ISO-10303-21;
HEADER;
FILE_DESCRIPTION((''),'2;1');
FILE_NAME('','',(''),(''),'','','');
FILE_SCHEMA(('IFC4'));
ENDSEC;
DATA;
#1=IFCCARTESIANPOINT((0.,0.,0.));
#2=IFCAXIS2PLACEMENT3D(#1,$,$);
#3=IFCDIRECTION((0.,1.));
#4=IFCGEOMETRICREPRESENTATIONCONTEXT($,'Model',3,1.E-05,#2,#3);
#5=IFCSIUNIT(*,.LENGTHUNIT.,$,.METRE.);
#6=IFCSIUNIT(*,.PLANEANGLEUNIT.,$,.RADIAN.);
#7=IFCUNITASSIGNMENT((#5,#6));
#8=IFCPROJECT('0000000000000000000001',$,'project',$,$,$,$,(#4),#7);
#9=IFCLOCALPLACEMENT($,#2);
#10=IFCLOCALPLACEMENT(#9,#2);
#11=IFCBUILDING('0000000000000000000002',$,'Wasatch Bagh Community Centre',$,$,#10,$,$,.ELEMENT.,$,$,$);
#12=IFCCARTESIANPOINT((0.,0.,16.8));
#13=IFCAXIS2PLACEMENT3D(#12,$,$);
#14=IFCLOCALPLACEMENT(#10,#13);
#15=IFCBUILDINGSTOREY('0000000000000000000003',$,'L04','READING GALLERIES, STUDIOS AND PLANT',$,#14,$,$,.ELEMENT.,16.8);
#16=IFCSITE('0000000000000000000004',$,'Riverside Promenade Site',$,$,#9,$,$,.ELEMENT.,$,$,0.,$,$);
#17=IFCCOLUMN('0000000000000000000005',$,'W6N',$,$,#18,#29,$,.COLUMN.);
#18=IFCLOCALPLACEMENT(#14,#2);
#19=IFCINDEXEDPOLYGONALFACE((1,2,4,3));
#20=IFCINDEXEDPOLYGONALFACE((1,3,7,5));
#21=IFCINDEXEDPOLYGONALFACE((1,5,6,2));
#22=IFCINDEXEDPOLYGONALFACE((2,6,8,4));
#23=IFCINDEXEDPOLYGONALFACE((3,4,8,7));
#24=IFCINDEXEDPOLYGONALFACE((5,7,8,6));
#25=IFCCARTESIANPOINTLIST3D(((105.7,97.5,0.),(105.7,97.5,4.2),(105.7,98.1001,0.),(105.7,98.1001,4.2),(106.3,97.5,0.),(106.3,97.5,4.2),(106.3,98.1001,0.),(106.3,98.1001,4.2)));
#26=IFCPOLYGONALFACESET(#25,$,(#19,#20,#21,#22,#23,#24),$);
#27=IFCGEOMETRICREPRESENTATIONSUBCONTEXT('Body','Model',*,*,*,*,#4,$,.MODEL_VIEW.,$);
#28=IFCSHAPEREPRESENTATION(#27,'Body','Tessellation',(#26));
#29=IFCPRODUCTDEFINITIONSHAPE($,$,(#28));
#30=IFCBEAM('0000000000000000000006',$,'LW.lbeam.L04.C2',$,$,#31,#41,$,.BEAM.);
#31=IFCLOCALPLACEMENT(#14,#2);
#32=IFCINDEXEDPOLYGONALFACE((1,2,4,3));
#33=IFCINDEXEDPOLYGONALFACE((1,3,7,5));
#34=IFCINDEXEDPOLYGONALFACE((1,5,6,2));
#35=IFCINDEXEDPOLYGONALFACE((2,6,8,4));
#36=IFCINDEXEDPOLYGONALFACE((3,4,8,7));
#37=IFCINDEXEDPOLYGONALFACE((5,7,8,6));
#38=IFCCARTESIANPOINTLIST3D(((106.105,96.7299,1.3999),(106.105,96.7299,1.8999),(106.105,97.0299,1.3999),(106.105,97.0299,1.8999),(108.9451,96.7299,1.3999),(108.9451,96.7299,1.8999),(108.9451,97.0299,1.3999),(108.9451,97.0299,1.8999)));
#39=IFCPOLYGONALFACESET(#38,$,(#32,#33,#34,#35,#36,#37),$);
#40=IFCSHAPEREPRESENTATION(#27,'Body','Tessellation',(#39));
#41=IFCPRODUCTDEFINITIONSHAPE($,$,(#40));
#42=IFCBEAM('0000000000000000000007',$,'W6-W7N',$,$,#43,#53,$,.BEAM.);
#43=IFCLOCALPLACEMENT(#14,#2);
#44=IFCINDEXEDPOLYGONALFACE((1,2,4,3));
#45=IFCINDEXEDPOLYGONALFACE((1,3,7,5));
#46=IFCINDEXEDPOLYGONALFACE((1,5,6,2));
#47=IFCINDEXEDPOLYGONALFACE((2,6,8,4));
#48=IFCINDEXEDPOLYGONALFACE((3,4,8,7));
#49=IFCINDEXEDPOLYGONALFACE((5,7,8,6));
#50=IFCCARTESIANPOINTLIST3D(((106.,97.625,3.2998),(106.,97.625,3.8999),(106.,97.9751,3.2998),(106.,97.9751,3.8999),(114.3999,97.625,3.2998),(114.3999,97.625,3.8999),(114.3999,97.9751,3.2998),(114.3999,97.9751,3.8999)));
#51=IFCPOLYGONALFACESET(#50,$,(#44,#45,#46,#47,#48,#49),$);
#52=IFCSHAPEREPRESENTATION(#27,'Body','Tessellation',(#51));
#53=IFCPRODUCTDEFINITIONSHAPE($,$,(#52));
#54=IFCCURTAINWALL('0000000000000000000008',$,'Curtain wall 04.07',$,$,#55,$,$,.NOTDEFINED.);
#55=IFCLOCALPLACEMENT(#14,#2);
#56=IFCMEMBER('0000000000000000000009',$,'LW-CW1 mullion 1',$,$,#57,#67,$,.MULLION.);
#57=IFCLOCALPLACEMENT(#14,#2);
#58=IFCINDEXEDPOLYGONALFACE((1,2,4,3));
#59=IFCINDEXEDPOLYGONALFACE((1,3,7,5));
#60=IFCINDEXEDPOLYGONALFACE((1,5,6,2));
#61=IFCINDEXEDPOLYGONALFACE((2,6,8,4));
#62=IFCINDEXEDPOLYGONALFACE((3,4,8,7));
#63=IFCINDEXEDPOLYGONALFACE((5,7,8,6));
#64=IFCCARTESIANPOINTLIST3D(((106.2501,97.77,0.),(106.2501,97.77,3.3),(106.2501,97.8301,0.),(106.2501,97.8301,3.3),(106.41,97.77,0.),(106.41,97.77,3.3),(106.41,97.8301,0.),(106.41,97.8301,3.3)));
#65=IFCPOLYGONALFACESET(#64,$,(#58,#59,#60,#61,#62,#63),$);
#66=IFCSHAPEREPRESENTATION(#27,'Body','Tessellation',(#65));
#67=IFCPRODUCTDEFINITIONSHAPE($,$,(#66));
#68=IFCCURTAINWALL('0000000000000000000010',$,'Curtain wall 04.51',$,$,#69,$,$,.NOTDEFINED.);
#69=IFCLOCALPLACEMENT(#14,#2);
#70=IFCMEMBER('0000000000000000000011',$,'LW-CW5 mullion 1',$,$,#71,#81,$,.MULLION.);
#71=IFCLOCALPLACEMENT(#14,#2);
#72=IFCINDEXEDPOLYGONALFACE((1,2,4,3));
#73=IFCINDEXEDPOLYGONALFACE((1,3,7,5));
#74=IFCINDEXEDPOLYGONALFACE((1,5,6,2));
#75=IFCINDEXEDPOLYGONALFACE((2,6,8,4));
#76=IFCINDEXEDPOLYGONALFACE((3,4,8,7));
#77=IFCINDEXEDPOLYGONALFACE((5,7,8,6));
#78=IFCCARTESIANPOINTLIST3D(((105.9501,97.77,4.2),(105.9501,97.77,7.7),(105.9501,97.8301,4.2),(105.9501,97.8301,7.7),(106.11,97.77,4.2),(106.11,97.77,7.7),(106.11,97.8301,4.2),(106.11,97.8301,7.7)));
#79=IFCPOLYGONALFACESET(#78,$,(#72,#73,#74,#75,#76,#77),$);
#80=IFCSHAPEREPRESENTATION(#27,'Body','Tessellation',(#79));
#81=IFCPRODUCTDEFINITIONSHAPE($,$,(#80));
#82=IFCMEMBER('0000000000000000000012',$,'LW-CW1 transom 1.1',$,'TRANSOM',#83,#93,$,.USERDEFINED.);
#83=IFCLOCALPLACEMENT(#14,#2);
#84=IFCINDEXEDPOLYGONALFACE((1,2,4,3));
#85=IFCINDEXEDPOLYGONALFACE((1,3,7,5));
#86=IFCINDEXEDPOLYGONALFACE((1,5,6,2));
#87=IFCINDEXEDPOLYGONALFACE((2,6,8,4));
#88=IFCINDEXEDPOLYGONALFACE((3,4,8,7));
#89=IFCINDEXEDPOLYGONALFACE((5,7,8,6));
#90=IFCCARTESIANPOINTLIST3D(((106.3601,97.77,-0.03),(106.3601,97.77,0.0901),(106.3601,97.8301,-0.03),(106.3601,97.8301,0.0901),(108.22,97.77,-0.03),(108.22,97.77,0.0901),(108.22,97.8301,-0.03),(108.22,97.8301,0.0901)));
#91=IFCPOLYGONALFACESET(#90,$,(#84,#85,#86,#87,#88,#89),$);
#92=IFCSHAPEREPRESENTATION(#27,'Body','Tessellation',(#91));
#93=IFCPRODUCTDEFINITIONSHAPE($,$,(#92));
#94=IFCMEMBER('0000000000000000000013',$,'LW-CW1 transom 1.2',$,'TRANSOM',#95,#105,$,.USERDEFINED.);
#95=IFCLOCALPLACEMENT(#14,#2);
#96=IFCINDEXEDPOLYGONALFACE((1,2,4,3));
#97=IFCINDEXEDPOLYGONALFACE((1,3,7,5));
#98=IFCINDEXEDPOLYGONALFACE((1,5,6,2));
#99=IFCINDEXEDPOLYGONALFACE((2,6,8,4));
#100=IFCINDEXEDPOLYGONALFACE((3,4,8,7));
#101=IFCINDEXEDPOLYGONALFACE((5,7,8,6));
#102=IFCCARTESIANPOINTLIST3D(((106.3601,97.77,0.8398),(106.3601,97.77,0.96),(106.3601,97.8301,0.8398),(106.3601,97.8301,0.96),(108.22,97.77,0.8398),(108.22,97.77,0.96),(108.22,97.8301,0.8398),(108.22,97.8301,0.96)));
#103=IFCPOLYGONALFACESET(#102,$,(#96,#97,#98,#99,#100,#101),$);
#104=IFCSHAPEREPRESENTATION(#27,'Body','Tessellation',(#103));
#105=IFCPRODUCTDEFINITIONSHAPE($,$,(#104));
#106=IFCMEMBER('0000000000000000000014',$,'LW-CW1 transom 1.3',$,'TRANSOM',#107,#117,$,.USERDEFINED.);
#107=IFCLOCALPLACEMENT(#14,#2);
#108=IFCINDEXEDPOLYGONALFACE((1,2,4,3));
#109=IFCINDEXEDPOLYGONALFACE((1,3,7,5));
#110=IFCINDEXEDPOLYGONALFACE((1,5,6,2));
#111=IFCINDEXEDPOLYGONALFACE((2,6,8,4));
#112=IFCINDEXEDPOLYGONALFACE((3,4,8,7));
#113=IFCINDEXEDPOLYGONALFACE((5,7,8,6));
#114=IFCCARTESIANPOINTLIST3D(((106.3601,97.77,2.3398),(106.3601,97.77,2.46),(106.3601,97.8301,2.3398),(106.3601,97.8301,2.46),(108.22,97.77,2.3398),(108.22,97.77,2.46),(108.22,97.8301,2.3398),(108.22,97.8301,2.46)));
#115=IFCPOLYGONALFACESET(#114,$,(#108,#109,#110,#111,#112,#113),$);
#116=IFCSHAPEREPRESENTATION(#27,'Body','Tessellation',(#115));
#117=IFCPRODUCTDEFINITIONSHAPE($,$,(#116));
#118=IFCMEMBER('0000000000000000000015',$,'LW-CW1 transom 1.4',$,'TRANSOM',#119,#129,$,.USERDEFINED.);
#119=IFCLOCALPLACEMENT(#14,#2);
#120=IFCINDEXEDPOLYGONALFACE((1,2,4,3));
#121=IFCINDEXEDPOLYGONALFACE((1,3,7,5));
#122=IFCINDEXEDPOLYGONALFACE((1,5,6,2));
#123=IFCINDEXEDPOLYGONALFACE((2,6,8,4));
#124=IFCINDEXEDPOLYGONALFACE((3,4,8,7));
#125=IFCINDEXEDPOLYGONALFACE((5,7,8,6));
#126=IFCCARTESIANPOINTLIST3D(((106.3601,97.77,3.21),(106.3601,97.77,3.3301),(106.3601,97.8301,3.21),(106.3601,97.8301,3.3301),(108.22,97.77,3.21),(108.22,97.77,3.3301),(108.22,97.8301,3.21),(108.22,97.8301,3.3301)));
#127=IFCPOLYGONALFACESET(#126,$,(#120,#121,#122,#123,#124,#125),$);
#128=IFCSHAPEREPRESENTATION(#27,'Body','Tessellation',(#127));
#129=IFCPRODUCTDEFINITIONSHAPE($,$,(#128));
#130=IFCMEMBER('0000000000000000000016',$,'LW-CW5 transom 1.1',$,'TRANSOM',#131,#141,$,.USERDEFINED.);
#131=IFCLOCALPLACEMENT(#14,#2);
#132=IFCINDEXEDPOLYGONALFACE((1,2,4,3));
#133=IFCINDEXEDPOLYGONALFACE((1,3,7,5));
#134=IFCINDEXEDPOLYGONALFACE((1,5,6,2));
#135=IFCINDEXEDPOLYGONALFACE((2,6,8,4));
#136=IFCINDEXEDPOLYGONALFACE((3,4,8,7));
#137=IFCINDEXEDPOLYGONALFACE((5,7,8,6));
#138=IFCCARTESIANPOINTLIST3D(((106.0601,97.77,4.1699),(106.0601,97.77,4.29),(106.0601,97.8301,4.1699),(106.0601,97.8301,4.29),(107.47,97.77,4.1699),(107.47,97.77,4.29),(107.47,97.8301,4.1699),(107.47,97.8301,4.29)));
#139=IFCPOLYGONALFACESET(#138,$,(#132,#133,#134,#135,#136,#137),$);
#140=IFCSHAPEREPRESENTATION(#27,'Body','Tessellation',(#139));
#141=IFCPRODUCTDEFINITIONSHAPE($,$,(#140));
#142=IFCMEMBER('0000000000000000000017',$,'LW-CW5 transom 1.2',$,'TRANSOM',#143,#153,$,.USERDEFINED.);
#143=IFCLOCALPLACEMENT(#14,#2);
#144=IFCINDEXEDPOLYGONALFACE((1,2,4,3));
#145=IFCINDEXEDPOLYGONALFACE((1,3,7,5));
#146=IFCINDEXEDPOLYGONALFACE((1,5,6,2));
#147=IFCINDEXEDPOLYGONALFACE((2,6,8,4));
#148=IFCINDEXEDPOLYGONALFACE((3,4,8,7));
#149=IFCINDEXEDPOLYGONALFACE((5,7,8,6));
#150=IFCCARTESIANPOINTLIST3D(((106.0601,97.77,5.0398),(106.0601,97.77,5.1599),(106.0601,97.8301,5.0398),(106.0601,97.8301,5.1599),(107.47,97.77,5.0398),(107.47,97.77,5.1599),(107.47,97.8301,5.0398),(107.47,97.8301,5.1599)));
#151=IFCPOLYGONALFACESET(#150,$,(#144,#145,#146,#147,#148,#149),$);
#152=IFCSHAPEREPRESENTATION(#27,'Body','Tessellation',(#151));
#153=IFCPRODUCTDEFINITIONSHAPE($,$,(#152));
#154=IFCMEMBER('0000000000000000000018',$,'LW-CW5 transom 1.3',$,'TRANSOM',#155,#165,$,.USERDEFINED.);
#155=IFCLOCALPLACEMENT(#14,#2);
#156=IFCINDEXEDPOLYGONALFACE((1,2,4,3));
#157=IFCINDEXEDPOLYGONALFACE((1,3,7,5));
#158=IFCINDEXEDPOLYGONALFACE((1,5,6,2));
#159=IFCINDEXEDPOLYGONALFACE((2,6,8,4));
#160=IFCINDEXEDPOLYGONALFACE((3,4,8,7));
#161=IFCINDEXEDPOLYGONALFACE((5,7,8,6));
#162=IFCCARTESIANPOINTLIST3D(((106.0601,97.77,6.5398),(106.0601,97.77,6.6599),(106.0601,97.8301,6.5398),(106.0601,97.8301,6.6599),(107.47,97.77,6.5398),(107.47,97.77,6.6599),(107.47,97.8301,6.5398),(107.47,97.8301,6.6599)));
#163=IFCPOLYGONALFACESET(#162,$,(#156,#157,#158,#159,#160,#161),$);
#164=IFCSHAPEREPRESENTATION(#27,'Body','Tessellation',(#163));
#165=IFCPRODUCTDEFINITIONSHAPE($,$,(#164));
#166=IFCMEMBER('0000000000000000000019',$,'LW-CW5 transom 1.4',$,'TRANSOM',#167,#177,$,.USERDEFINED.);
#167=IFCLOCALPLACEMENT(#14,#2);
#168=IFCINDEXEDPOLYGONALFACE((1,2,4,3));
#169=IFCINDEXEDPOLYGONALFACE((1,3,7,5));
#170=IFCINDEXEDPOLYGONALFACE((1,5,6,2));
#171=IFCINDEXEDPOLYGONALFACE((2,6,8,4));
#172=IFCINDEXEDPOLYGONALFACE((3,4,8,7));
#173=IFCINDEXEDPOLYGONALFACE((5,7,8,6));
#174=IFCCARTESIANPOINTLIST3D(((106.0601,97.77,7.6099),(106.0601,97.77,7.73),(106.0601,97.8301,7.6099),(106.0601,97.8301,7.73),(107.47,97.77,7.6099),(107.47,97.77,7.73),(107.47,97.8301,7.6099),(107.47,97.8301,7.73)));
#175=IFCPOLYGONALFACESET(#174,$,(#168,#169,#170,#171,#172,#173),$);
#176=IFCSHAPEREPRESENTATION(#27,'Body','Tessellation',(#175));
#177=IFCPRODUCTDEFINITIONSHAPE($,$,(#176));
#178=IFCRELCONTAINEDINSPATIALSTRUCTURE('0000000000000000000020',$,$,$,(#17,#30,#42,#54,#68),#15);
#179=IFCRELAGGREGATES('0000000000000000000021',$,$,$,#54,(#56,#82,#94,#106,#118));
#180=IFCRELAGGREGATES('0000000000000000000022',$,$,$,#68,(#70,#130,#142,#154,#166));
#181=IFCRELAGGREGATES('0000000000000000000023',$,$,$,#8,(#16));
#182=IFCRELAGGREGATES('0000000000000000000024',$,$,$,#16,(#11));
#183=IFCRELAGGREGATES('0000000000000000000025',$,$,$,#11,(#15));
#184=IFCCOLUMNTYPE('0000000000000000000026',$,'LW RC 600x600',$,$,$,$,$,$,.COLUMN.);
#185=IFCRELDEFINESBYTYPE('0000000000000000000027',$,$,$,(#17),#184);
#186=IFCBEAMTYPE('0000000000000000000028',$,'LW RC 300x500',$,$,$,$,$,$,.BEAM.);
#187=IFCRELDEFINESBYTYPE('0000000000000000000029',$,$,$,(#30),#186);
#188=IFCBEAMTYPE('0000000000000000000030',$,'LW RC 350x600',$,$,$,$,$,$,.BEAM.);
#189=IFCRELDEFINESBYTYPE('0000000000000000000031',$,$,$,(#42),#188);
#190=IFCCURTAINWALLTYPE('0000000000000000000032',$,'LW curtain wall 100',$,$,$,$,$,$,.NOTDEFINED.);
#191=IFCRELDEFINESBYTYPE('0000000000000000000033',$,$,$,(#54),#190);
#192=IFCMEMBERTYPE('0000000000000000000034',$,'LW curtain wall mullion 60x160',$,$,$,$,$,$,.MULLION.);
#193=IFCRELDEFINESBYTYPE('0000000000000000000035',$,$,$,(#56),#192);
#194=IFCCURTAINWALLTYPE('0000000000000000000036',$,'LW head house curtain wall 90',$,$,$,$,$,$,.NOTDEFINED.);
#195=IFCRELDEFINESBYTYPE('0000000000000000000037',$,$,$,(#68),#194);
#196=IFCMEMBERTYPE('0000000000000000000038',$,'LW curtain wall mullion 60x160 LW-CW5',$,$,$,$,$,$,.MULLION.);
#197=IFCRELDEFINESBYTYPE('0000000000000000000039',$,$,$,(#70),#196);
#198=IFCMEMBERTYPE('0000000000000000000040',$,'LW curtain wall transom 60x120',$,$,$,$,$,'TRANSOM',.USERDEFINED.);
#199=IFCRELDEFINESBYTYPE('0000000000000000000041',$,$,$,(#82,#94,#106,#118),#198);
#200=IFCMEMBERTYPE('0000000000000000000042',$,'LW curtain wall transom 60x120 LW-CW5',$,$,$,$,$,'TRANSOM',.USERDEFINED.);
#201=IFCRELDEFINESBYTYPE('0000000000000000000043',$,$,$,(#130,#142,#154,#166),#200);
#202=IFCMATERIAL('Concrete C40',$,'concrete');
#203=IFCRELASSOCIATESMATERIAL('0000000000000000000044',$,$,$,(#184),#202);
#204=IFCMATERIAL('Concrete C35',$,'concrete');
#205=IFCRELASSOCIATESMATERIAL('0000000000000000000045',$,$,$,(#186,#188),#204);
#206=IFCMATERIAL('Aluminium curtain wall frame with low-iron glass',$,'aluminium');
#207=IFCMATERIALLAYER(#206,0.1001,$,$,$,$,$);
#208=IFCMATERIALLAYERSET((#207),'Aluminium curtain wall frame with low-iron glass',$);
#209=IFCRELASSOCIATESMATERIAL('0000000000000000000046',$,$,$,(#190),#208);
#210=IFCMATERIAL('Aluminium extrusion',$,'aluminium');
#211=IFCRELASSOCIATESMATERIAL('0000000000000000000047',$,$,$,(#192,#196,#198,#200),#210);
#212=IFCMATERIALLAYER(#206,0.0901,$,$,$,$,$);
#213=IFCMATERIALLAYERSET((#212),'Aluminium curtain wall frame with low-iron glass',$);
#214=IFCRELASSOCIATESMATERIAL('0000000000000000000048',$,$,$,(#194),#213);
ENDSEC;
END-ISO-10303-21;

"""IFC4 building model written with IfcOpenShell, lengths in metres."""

from ifc_helpers import new_model, si_unit, direction, frame, origin, origin_2d, place, context, subcontext, project, spatial, rectangle, extrude, material, layer, layer_set, material_profile, profile_set, type_object, element, aggregate, save


model = new_model("IFC4")

# Units and contexts
model_context = context("Model", 3, precision=1e-05, world=origin(), true_north=direction((0.0, 1.0)))
body_context = subcontext(model_context, "Body", "Model", "MODEL_VIEW")
ifc_project = project(units=[si_unit("LENGTHUNIT", "METRE"), si_unit("PLANEANGLEUNIT", "RADIAN")], contexts=[model_context])

# Site, building, storey
site_placement = place(None, origin())
site = spatial("IfcSite", under=ifc_project, at=site_placement, Name="Riverside Promenade Site", CompositionType="ELEMENT", RefElevation=0.0)
building_placement = place(site_placement, origin())
building = spatial("IfcBuilding", under=site, at=building_placement, Name="Wasatch Bagh Community Centre", CompositionType="ELEMENT")
storey_placement = place(building_placement, frame((0.0, 0.0, 16.8)))
storey = spatial("IfcBuildingStorey", under=building, at=storey_placement, Name="L04", Description="READING GALLERIES, STUDIOS AND PLANT", CompositionType="ELEMENT", Elevation=16.8)

# Column
ifc_material_1 = material(Name="Concrete C40", Category="concrete")
ifc_material_profile_1 = material_profile(ifc_material_1, rectangle(XDim=0.6001, YDim=0.6001, at=origin_2d()), Name="RC 600x600")
ifc_profile_set_1 = profile_set([ifc_material_profile_1], Name="Concrete C40")
column_type = type_object("IfcColumnType", Name="LW RC 600x600", PredefinedType="COLUMN", material=ifc_profile_set_1)
column_placement = place(storey_placement, frame((106.0, 97.8, 0.0), z_axis=(0.0, 0.0, 1.0), x_axis=(1.0, 0.0, 0.0)))
element("IfcColumn", 1, at=column_placement, inside=storey, type_object=column_type, Name="W6N", PredefinedType="COLUMN", context=body_context, shape_type="SweptSolid", body=[
    extrude(rectangle(XDim=0.6001, YDim=0.6001, at=origin_2d()), origin(), (0.0, 0.0, 1.0), 4.2),
])

# Beams
ifc_material_2 = material(Name="Concrete C35", Category="concrete")
ifc_material_profile_2 = material_profile(ifc_material_2, rectangle(XDim=0.3, YDim=0.5, at=origin_2d()), Name="RC 300x500")
ifc_profile_set_2 = profile_set([ifc_material_profile_2], Name="Concrete C35")
beam_type_1 = type_object("IfcBeamType", Name="LW RC 300x500", PredefinedType="BEAM", material=ifc_profile_set_2)
beam_1_placement = place(storey_placement, frame((106.105, 96.8799, 1.6499), z_axis=(1.0, 0.0, 0.0), x_axis=(0.0, 1.0, 0.0)))
element("IfcBeam", 2, at=beam_1_placement, inside=storey, type_object=beam_type_1, Name="LW.lbeam.L04.C2", PredefinedType="BEAM", context=body_context, shape_type="SweptSolid", body=[
    extrude(rectangle(XDim=0.3, YDim=0.5, at=origin_2d()), origin(), (0.0, 0.0, 1.0), 2.8401),
])
ifc_material_profile_3 = material_profile(ifc_material_2, rectangle(XDim=0.3501, YDim=0.6001, at=origin_2d()), Name="RC 350x600")
ifc_profile_set_3 = profile_set([ifc_material_profile_3], Name="Concrete C35")
beam_type_2 = type_object("IfcBeamType", Name="LW RC 350x600", PredefinedType="BEAM", material=ifc_profile_set_3)
beam_2_placement = place(storey_placement, frame((106.0, 97.8, 3.5999), z_axis=(1.0, 0.0, 0.0), x_axis=(0.0, 1.0, 0.0)))
element("IfcBeam", 3, at=beam_2_placement, inside=storey, type_object=beam_type_2, Name="W6-W7N", PredefinedType="BEAM", context=body_context, shape_type="SweptSolid", body=[
    extrude(rectangle(XDim=0.3501, YDim=0.6001, at=origin_2d()), origin(), (0.0, 0.0, 1.0), 8.3999),
])

# Curtain walls, members
ifc_material_3 = material(Name="Aluminium curtain wall frame with low-iron glass", Category="aluminium")
ifc_layer_1 = layer(ifc_material_3, 0.1001)
ifc_layer_set_1 = layer_set([ifc_layer_1], Name="Aluminium curtain wall frame with low-iron glass")
curtain_wall_type_1 = type_object("IfcCurtainWallType", Name="LW curtain wall 100", PredefinedType="NOTDEFINED", material=ifc_layer_set_1)
curtain_wall_1_placement = place(storey_placement, origin())
curtain_wall_1 = element("IfcCurtainWall", 4, at=curtain_wall_1_placement, inside=storey, type_object=curtain_wall_type_1, Name="Curtain wall 04.07", PredefinedType="NOTDEFINED")
ifc_material_4 = material(Name="Aluminium extrusion", Category="aluminium")
ifc_material_profile_4 = material_profile(ifc_material_4, rectangle(XDim=0.0601, YDim=0.1599, at=origin_2d()), Name="AL 60x160")
ifc_profile_set_4 = profile_set([ifc_material_profile_4], Name="Aluminium extrusion")
member_type_1 = type_object("IfcMemberType", Name="LW curtain wall mullion 60x160", PredefinedType="MULLION", material=ifc_profile_set_4)
member_1_placement = place(storey_placement, frame((106.3301, 97.8, 0.0), z_axis=(0.0, 0.0, 1.0), x_axis=(0.0, 1.0, 0.0)))
member_1 = element("IfcMember", 5, at=member_1_placement, type_object=member_type_1, Name="LW-CW1 mullion 1", PredefinedType="MULLION", context=body_context, shape_type="SweptSolid", body=[
    extrude(rectangle(XDim=0.0601, YDim=0.1599, at=origin_2d()), origin(), (0.0, 0.0, 1.0), 3.3),
])
ifc_layer_2 = layer(ifc_material_3, 0.0901)
ifc_layer_set_2 = layer_set([ifc_layer_2], Name="Aluminium curtain wall frame with low-iron glass")
curtain_wall_type_2 = type_object("IfcCurtainWallType", Name="LW head house curtain wall 90", PredefinedType="NOTDEFINED", material=ifc_layer_set_2)
curtain_wall_2_placement = place(storey_placement, origin())
curtain_wall_2 = element("IfcCurtainWall", 6, at=curtain_wall_2_placement, inside=storey, type_object=curtain_wall_type_2, Name="Curtain wall 04.51", PredefinedType="NOTDEFINED")
ifc_material_profile_5 = material_profile(ifc_material_4, rectangle(XDim=0.0601, YDim=0.1599, at=origin_2d()), Name="AL 60x160")
ifc_profile_set_5 = profile_set([ifc_material_profile_5], Name="Aluminium extrusion")
member_type_2 = type_object("IfcMemberType", Name="LW curtain wall mullion 60x160 LW-CW5", PredefinedType="MULLION", material=ifc_profile_set_5)
member_2_placement = place(storey_placement, frame((106.03, 97.8, 4.2), z_axis=(0.0, 0.0, 1.0), x_axis=(0.0, 1.0, 0.0)))
member_2 = element("IfcMember", 7, at=member_2_placement, type_object=member_type_2, Name="LW-CW5 mullion 1", PredefinedType="MULLION", context=body_context, shape_type="SweptSolid", body=[
    extrude(rectangle(XDim=0.0601, YDim=0.1599, at=origin_2d()), origin(), (0.0, 0.0, 1.0), 3.5),
])

# Members
ifc_material_profile_6 = material_profile(ifc_material_4, rectangle(XDim=0.0601, YDim=0.1201, at=origin_2d()), Name="AL 60x120")
ifc_profile_set_6 = profile_set([ifc_material_profile_6], Name="Aluminium extrusion")
member_type_3 = type_object("IfcMemberType", Name="LW curtain wall transom 60x120", ElementType="TRANSOM", PredefinedType="USERDEFINED", material=ifc_profile_set_6)
member_3_placement = place(storey_placement, frame((106.3601, 97.8, 0.03), z_axis=(1.0, 0.0, 0.0), x_axis=(0.0, 1.0, 0.0)))
member_3 = element("IfcMember", 8, at=member_3_placement, type_object=member_type_3, Name="LW-CW1 transom 1.1", ObjectType="TRANSOM", PredefinedType="USERDEFINED", context=body_context, shape_type="SweptSolid", body=[
    extrude(rectangle(XDim=0.0601, YDim=0.1201, at=origin_2d()), origin(), (0.0, 0.0, 1.0), 1.8599),
])
member_4_placement = place(storey_placement, frame((106.3601, 97.8, 0.8999), z_axis=(1.0, 0.0, 0.0), x_axis=(0.0, 1.0, 0.0)))
member_4 = element("IfcMember", 9, at=member_4_placement, type_object=member_type_3, Name="LW-CW1 transom 1.2", ObjectType="TRANSOM", PredefinedType="USERDEFINED", context=body_context, shape_type="SweptSolid", body=[
    extrude(rectangle(XDim=0.0601, YDim=0.1201, at=origin_2d()), origin(), (0.0, 0.0, 1.0), 1.8599),
])
member_5_placement = place(storey_placement, frame((106.3601, 97.8, 2.3999), z_axis=(1.0, 0.0, 0.0), x_axis=(0.0, 1.0, 0.0)))
member_5 = element("IfcMember", 10, at=member_5_placement, type_object=member_type_3, Name="LW-CW1 transom 1.3", ObjectType="TRANSOM", PredefinedType="USERDEFINED", context=body_context, shape_type="SweptSolid", body=[
    extrude(rectangle(XDim=0.0601, YDim=0.1201, at=origin_2d()), origin(), (0.0, 0.0, 1.0), 1.8599),
])
member_6_placement = place(storey_placement, frame((106.3601, 97.8, 3.27), z_axis=(1.0, 0.0, 0.0), x_axis=(0.0, 1.0, 0.0)))
member_6 = element("IfcMember", 11, at=member_6_placement, type_object=member_type_3, Name="LW-CW1 transom 1.4", ObjectType="TRANSOM", PredefinedType="USERDEFINED", context=body_context, shape_type="SweptSolid", body=[
    extrude(rectangle(XDim=0.0601, YDim=0.1201, at=origin_2d()), origin(), (0.0, 0.0, 1.0), 1.8599),
])
aggregate(curtain_wall_1, [member_1, member_3, member_4, member_5, member_6])
ifc_material_profile_7 = material_profile(ifc_material_4, rectangle(XDim=0.0601, YDim=0.1201, at=origin_2d()), Name="AL 60x120")
ifc_profile_set_7 = profile_set([ifc_material_profile_7], Name="Aluminium extrusion")
member_type_4 = type_object("IfcMemberType", Name="LW curtain wall transom 60x120 LW-CW5", ElementType="TRANSOM", PredefinedType="USERDEFINED", material=ifc_profile_set_7)
member_7_placement = place(storey_placement, frame((106.0601, 97.8, 4.23), z_axis=(1.0, 0.0, 0.0), x_axis=(0.0, 1.0, 0.0)))
member_7 = element("IfcMember", 12, at=member_7_placement, type_object=member_type_4, Name="LW-CW5 transom 1.1", ObjectType="TRANSOM", PredefinedType="USERDEFINED", context=body_context, shape_type="SweptSolid", body=[
    extrude(rectangle(XDim=0.0601, YDim=0.1201, at=origin_2d()), origin(), (0.0, 0.0, 1.0), 1.4099),
])
member_8_placement = place(storey_placement, frame((106.0601, 97.8, 5.0999), z_axis=(1.0, 0.0, 0.0), x_axis=(0.0, 1.0, 0.0)))
member_8 = element("IfcMember", 13, at=member_8_placement, type_object=member_type_4, Name="LW-CW5 transom 1.2", ObjectType="TRANSOM", PredefinedType="USERDEFINED", context=body_context, shape_type="SweptSolid", body=[
    extrude(rectangle(XDim=0.0601, YDim=0.1201, at=origin_2d()), origin(), (0.0, 0.0, 1.0), 1.4099),
])
member_9_placement = place(storey_placement, frame((106.0601, 97.8, 6.5999), z_axis=(1.0, 0.0, 0.0), x_axis=(0.0, 1.0, 0.0)))
member_9 = element("IfcMember", 14, at=member_9_placement, type_object=member_type_4, Name="LW-CW5 transom 1.3", ObjectType="TRANSOM", PredefinedType="USERDEFINED", context=body_context, shape_type="SweptSolid", body=[
    extrude(rectangle(XDim=0.0601, YDim=0.1201, at=origin_2d()), origin(), (0.0, 0.0, 1.0), 1.4099),
])
member_10_placement = place(storey_placement, frame((106.0601, 97.8, 7.6699), z_axis=(1.0, 0.0, 0.0), x_axis=(0.0, 1.0, 0.0)))
member_10 = element("IfcMember", 15, at=member_10_placement, type_object=member_type_4, Name="LW-CW5 transom 1.4", ObjectType="TRANSOM", PredefinedType="USERDEFINED", context=body_context, shape_type="SweptSolid", body=[
    extrude(rectangle(XDim=0.0601, YDim=0.1201, at=origin_2d()), origin(), (0.0, 0.0, 1.0), 1.4099),
])

aggregate(curtain_wall_2, [member_2, member_7, member_8, member_9, member_10])

save(model, "model.ifc")
